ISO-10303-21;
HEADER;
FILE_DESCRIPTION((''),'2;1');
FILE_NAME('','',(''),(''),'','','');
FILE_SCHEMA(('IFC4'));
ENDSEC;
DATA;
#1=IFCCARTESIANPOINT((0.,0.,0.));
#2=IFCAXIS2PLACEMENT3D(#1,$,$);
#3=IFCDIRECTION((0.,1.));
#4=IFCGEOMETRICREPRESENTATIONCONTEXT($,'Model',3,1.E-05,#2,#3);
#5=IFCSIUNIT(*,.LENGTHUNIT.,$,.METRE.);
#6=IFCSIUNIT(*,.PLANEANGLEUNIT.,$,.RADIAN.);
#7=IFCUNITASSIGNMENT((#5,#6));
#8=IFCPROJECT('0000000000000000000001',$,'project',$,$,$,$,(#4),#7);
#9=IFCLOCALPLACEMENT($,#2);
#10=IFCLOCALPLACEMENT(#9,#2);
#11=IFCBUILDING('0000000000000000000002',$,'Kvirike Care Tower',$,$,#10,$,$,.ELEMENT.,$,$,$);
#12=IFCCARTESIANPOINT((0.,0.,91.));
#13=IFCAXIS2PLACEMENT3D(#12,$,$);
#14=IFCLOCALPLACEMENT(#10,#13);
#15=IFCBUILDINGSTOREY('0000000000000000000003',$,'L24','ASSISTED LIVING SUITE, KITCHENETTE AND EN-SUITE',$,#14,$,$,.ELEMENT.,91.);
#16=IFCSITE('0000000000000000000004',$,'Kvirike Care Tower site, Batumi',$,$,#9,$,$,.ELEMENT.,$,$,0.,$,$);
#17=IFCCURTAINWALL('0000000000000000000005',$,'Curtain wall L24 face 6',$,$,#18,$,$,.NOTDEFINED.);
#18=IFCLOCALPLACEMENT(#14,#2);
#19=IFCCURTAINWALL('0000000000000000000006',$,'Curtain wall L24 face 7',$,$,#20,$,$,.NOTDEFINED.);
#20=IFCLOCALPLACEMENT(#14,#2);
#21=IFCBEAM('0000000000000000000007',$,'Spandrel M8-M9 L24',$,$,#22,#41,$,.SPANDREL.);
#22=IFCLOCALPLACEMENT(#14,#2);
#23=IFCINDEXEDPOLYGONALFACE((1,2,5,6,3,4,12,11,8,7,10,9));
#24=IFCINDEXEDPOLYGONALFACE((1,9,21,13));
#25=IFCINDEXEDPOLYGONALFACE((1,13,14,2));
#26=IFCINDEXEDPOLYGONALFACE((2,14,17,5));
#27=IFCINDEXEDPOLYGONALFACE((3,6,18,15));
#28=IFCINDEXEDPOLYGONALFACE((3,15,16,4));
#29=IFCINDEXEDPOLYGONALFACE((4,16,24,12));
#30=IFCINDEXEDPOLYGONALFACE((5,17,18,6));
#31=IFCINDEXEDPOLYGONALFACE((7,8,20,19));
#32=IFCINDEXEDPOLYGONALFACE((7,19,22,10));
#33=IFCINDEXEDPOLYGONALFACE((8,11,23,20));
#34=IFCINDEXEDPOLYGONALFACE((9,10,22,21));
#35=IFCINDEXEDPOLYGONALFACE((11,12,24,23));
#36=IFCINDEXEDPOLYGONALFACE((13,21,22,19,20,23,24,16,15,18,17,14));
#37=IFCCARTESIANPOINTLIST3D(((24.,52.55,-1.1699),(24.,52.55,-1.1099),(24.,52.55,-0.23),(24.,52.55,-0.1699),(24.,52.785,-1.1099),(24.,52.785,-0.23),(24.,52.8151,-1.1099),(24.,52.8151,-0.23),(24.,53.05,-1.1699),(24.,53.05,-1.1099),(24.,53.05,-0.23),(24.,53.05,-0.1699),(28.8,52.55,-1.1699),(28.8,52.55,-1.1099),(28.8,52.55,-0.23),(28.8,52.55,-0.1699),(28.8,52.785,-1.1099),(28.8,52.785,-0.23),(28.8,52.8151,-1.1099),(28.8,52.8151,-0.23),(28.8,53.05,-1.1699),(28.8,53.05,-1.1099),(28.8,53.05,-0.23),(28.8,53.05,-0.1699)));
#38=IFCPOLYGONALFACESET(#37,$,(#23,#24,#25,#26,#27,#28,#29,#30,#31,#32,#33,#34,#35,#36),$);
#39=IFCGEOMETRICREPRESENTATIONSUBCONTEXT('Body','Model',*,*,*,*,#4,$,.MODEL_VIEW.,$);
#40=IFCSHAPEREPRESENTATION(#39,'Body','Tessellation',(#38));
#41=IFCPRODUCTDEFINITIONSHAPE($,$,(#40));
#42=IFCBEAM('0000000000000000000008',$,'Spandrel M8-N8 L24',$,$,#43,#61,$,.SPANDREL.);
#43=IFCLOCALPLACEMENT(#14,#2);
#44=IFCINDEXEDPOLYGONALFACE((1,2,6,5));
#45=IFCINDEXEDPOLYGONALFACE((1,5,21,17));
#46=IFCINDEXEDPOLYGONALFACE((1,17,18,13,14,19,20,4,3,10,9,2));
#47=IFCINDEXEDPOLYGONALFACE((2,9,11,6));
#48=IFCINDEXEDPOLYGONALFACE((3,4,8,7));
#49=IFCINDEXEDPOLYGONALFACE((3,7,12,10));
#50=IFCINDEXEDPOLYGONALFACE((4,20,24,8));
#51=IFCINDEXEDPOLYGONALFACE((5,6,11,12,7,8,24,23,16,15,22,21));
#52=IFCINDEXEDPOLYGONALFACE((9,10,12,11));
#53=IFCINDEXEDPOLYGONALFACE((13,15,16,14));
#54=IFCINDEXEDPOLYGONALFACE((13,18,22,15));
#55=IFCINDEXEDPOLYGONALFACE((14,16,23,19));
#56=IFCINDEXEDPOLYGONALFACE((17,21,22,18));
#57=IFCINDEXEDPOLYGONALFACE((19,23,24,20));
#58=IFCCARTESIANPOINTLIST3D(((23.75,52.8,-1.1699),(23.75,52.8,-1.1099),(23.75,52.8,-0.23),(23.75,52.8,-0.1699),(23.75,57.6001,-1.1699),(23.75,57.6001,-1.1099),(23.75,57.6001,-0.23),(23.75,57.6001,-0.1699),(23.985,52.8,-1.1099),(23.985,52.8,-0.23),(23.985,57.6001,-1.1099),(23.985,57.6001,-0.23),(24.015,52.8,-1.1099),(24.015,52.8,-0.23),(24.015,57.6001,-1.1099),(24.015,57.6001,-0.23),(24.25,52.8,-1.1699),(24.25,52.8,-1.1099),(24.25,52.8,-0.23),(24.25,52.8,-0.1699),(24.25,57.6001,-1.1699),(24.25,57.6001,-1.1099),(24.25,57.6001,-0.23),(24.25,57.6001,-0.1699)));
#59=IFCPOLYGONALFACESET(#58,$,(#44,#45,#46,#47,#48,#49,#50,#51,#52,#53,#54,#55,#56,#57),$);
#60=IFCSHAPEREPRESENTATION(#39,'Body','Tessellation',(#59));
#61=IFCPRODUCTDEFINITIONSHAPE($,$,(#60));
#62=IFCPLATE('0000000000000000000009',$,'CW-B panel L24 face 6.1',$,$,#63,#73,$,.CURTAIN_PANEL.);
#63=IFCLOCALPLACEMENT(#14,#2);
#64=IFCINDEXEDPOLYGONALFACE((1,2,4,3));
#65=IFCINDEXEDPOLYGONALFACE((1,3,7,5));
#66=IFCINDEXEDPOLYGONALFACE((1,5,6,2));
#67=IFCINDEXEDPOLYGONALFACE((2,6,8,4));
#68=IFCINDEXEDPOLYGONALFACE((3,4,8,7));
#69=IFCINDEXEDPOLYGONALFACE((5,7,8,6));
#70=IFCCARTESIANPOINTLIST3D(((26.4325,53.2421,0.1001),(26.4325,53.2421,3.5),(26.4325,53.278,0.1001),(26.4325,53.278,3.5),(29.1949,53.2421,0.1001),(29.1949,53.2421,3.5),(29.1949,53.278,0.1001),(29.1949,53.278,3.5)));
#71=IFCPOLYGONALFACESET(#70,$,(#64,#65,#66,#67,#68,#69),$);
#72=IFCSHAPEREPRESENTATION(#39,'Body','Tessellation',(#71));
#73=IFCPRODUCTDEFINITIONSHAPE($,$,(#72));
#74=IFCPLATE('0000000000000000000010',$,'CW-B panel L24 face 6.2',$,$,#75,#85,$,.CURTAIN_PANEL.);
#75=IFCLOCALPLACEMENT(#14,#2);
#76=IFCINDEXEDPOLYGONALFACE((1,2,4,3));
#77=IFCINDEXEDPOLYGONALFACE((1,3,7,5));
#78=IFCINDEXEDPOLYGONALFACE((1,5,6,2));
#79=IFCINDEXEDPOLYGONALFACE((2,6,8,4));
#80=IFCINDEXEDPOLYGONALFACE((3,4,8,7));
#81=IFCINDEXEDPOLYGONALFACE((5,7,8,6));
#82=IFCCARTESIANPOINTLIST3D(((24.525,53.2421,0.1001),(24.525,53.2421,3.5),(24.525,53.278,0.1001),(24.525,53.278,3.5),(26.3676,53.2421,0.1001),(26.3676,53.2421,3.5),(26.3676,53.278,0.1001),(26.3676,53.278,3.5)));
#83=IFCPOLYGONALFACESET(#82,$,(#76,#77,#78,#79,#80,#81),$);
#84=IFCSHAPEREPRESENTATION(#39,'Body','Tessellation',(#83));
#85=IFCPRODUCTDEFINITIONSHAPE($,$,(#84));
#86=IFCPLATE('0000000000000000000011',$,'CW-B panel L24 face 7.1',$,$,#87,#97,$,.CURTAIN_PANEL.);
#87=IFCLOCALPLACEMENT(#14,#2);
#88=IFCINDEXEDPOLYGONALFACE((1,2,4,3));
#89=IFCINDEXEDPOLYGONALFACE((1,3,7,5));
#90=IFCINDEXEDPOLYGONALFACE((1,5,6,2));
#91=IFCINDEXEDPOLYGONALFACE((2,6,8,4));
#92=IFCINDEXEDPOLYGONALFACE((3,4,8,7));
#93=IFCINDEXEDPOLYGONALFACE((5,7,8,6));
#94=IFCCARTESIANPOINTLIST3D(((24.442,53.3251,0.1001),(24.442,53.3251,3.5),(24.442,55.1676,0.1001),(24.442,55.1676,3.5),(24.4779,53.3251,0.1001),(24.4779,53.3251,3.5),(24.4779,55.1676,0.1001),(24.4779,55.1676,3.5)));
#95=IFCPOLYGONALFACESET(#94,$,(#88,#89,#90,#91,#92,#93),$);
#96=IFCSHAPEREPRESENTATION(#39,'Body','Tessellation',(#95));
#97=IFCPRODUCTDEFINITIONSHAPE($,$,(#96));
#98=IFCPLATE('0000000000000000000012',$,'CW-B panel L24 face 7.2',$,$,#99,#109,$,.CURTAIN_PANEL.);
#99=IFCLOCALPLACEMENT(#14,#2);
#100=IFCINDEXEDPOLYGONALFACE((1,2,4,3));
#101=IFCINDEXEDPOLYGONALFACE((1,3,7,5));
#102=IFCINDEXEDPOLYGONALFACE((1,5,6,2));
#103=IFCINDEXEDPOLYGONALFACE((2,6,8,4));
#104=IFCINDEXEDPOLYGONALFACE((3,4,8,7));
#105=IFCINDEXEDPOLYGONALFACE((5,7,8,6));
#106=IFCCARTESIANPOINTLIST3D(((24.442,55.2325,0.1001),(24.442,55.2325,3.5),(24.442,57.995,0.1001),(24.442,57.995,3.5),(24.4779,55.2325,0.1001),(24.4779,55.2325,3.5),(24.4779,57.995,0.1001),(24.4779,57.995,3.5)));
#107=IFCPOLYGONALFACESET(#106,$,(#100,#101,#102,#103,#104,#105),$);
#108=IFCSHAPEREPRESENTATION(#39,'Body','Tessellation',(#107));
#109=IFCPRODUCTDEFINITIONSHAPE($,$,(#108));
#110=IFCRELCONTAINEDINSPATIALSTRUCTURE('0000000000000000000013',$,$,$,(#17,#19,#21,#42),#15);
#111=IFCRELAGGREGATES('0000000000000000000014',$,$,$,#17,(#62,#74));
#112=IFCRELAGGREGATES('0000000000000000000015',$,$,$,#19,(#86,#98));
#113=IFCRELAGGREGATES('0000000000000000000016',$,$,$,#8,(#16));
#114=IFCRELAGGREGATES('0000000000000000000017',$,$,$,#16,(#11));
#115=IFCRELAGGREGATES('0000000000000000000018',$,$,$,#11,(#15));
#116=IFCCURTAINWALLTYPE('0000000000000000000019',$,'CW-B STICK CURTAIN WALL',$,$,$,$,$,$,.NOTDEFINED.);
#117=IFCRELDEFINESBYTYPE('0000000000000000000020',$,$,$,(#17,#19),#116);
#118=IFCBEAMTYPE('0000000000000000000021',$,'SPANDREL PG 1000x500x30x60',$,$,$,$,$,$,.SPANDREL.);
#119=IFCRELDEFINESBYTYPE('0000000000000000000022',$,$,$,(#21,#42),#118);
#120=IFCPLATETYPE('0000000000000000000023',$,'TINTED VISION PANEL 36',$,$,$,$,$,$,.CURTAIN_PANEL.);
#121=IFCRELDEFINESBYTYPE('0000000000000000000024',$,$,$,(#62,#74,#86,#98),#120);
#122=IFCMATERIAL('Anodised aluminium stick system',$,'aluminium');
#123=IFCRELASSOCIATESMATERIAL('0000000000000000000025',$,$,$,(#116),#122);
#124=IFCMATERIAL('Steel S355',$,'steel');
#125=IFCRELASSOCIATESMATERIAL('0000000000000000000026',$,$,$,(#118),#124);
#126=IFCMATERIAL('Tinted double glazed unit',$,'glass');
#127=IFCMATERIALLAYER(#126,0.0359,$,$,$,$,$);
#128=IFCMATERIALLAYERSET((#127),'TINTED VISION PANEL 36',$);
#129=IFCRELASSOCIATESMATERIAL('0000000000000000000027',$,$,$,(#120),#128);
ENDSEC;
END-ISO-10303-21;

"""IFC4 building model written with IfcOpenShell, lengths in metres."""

from ifc_helpers import new_model, si_unit, direction, frame, origin, origin_2d, place, context, subcontext, project, spatial, rectangle, i_section, extrude, material, layer, layer_set, material_profile, profile_set, type_object, element, aggregate, save


model = new_model("IFC4")

# Units and contexts
model_context = context("Model", 3, precision=1e-05, world=origin(), true_north=direction((0.0, 1.0)))
body_context = subcontext(model_context, "Body", "Model", "MODEL_VIEW")
ifc_project = project(units=[si_unit("LENGTHUNIT", "METRE"), si_unit("PLANEANGLEUNIT", "RADIAN")], contexts=[model_context])

# Site, building, storey
site_placement = place(None, origin())
site = spatial("IfcSite", under=ifc_project, at=site_placement, Name="Kvirike Care Tower site, Batumi", CompositionType="ELEMENT", RefElevation=0.0)
building_placement = place(site_placement, origin())
building = spatial("IfcBuilding", under=site, at=building_placement, Name="Kvirike Care Tower", CompositionType="ELEMENT")
storey_placement = place(building_placement, frame((0.0, 0.0, 91.0)))
storey = spatial("IfcBuildingStorey", under=building, at=storey_placement, Name="L24", Description="ASSISTED LIVING SUITE, KITCHENETTE AND EN-SUITE", CompositionType="ELEMENT", Elevation=91.0)

# Curtain walls
ifc_material_1 = material(Name="Anodised aluminium stick system", Category="aluminium")
curtain_wall_type = type_object("IfcCurtainWallType", Name="CW-B STICK CURTAIN WALL", PredefinedType="NOTDEFINED", material=ifc_material_1)
curtain_wall_1_placement = place(storey_placement, origin())
curtain_wall_1 = element("IfcCurtainWall", 1, at=curtain_wall_1_placement, inside=storey, type_object=curtain_wall_type, Name="Curtain wall L24 face 6", PredefinedType="NOTDEFINED")
curtain_wall_2_placement = place(storey_placement, origin())
curtain_wall_2 = element("IfcCurtainWall", 2, at=curtain_wall_2_placement, inside=storey, type_object=curtain_wall_type, Name="Curtain wall L24 face 7", PredefinedType="NOTDEFINED")

# Beams
ifc_material_2 = material(Name="Steel S355", Category="steel")
ifc_material_profile_1 = material_profile(ifc_material_2, i_section(OverallWidth=0.5, OverallDepth=1.0, WebThickness=0.03, FlangeThickness=0.0601, at=origin_2d()), Name="PG 1000x500x30x60")
ifc_profile_set_1 = profile_set([ifc_material_profile_1], Name="Steel S355")
beam_type = type_object("IfcBeamType", Name="SPANDREL PG 1000x500x30x60", PredefinedType="SPANDREL", material=ifc_profile_set_1)
for number, where, z_axis, x_axis, name in (
    (3, (24.0, 52.8, -0.6699), (1.0, 0.0, 0.0), (0.0, 1.0, 0.0), "Spandrel M8-M9 L24"),
    (4, (24.0, 52.8, -0.6699), (0.0, 1.0, 0.0), (-1.0, 0.0, 0.0), "Spandrel M8-N8 L24"),
):
    element("IfcBeam", number, at=place(storey_placement, frame(where, z_axis=z_axis, x_axis=x_axis)), inside=storey, type_object=beam_type, Name=name, PredefinedType="SPANDREL", context=body_context, shape_type="SweptSolid", body=[
        extrude(i_section(OverallWidth=0.5, OverallDepth=1.0, WebThickness=0.03, FlangeThickness=0.0601, at=origin_2d()), origin(), (0.0, 0.0, 1.0), 4.8),
    ])

# Plates
ifc_material_3 = material(Name="Tinted double glazed unit", Category="glass")
ifc_layer = layer(ifc_material_3, 0.0359)
ifc_layer_set = layer_set([ifc_layer], Name="TINTED VISION PANEL 36")
plate_type = type_object("IfcPlateType", Name="TINTED VISION PANEL 36", PredefinedType="CURTAIN_PANEL", material=ifc_layer_set)
plate_1_placement = place(storey_placement, frame((27.8137, 53.26, 0.1001), z_axis=(0.0, 0.0, 1.0), x_axis=(-1.0, 0.0, 0.0)))
plate_1 = element("IfcPlate", 5, at=plate_1_placement, type_object=plate_type, Name="CW-B panel L24 face 6.1", PredefinedType="CURTAIN_PANEL", context=body_context, shape_type="SweptSolid", body=[
    extrude(rectangle(XDim=2.7625, YDim=0.0359, at=origin_2d()), origin(), (0.0, 0.0, 1.0), 3.3999),
])
plate_2_placement = place(storey_placement, frame((25.4463, 53.26, 0.1001), z_axis=(0.0, 0.0, 1.0), x_axis=(-1.0, 0.0, 0.0)))
plate_2 = element("IfcPlate", 6, at=plate_2_placement, type_object=plate_type, Name="CW-B panel L24 face 6.2", PredefinedType="CURTAIN_PANEL", context=body_context, shape_type="SweptSolid", body=[
    extrude(rectangle(XDim=1.8425, YDim=0.0359, at=origin_2d()), origin(), (0.0, 0.0, 1.0), 3.3999),
])
aggregate(curtain_wall_1, [plate_1, plate_2])
plate_3_placement = place(storey_placement, frame((24.46, 54.2463, 0.1001), z_axis=(0.0, 0.0, 1.0), x_axis=(0.0, 1.0, 0.0)))
plate_3 = element("IfcPlate", 7, at=plate_3_placement, type_object=plate_type, Name="CW-B panel L24 face 7.1", PredefinedType="CURTAIN_PANEL", context=body_context, shape_type="SweptSolid", body=[
    extrude(rectangle(XDim=1.8425, YDim=0.0359, at=origin_2d()), origin(), (0.0, 0.0, 1.0), 3.3999),
])
plate_4_placement = place(storey_placement, frame((24.46, 56.6138, 0.1001), z_axis=(0.0, 0.0, 1.0), x_axis=(0.0, 1.0, 0.0)))
plate_4 = element("IfcPlate", 8, at=plate_4_placement, type_object=plate_type, Name="CW-B panel L24 face 7.2", PredefinedType="CURTAIN_PANEL", context=body_context, shape_type="SweptSolid", body=[
    extrude(rectangle(XDim=2.7625, YDim=0.0359, at=origin_2d()), origin(), (0.0, 0.0, 1.0), 3.3999),
])
aggregate(curtain_wall_2, [plate_3, plate_4])

save(model, "model.ifc")
